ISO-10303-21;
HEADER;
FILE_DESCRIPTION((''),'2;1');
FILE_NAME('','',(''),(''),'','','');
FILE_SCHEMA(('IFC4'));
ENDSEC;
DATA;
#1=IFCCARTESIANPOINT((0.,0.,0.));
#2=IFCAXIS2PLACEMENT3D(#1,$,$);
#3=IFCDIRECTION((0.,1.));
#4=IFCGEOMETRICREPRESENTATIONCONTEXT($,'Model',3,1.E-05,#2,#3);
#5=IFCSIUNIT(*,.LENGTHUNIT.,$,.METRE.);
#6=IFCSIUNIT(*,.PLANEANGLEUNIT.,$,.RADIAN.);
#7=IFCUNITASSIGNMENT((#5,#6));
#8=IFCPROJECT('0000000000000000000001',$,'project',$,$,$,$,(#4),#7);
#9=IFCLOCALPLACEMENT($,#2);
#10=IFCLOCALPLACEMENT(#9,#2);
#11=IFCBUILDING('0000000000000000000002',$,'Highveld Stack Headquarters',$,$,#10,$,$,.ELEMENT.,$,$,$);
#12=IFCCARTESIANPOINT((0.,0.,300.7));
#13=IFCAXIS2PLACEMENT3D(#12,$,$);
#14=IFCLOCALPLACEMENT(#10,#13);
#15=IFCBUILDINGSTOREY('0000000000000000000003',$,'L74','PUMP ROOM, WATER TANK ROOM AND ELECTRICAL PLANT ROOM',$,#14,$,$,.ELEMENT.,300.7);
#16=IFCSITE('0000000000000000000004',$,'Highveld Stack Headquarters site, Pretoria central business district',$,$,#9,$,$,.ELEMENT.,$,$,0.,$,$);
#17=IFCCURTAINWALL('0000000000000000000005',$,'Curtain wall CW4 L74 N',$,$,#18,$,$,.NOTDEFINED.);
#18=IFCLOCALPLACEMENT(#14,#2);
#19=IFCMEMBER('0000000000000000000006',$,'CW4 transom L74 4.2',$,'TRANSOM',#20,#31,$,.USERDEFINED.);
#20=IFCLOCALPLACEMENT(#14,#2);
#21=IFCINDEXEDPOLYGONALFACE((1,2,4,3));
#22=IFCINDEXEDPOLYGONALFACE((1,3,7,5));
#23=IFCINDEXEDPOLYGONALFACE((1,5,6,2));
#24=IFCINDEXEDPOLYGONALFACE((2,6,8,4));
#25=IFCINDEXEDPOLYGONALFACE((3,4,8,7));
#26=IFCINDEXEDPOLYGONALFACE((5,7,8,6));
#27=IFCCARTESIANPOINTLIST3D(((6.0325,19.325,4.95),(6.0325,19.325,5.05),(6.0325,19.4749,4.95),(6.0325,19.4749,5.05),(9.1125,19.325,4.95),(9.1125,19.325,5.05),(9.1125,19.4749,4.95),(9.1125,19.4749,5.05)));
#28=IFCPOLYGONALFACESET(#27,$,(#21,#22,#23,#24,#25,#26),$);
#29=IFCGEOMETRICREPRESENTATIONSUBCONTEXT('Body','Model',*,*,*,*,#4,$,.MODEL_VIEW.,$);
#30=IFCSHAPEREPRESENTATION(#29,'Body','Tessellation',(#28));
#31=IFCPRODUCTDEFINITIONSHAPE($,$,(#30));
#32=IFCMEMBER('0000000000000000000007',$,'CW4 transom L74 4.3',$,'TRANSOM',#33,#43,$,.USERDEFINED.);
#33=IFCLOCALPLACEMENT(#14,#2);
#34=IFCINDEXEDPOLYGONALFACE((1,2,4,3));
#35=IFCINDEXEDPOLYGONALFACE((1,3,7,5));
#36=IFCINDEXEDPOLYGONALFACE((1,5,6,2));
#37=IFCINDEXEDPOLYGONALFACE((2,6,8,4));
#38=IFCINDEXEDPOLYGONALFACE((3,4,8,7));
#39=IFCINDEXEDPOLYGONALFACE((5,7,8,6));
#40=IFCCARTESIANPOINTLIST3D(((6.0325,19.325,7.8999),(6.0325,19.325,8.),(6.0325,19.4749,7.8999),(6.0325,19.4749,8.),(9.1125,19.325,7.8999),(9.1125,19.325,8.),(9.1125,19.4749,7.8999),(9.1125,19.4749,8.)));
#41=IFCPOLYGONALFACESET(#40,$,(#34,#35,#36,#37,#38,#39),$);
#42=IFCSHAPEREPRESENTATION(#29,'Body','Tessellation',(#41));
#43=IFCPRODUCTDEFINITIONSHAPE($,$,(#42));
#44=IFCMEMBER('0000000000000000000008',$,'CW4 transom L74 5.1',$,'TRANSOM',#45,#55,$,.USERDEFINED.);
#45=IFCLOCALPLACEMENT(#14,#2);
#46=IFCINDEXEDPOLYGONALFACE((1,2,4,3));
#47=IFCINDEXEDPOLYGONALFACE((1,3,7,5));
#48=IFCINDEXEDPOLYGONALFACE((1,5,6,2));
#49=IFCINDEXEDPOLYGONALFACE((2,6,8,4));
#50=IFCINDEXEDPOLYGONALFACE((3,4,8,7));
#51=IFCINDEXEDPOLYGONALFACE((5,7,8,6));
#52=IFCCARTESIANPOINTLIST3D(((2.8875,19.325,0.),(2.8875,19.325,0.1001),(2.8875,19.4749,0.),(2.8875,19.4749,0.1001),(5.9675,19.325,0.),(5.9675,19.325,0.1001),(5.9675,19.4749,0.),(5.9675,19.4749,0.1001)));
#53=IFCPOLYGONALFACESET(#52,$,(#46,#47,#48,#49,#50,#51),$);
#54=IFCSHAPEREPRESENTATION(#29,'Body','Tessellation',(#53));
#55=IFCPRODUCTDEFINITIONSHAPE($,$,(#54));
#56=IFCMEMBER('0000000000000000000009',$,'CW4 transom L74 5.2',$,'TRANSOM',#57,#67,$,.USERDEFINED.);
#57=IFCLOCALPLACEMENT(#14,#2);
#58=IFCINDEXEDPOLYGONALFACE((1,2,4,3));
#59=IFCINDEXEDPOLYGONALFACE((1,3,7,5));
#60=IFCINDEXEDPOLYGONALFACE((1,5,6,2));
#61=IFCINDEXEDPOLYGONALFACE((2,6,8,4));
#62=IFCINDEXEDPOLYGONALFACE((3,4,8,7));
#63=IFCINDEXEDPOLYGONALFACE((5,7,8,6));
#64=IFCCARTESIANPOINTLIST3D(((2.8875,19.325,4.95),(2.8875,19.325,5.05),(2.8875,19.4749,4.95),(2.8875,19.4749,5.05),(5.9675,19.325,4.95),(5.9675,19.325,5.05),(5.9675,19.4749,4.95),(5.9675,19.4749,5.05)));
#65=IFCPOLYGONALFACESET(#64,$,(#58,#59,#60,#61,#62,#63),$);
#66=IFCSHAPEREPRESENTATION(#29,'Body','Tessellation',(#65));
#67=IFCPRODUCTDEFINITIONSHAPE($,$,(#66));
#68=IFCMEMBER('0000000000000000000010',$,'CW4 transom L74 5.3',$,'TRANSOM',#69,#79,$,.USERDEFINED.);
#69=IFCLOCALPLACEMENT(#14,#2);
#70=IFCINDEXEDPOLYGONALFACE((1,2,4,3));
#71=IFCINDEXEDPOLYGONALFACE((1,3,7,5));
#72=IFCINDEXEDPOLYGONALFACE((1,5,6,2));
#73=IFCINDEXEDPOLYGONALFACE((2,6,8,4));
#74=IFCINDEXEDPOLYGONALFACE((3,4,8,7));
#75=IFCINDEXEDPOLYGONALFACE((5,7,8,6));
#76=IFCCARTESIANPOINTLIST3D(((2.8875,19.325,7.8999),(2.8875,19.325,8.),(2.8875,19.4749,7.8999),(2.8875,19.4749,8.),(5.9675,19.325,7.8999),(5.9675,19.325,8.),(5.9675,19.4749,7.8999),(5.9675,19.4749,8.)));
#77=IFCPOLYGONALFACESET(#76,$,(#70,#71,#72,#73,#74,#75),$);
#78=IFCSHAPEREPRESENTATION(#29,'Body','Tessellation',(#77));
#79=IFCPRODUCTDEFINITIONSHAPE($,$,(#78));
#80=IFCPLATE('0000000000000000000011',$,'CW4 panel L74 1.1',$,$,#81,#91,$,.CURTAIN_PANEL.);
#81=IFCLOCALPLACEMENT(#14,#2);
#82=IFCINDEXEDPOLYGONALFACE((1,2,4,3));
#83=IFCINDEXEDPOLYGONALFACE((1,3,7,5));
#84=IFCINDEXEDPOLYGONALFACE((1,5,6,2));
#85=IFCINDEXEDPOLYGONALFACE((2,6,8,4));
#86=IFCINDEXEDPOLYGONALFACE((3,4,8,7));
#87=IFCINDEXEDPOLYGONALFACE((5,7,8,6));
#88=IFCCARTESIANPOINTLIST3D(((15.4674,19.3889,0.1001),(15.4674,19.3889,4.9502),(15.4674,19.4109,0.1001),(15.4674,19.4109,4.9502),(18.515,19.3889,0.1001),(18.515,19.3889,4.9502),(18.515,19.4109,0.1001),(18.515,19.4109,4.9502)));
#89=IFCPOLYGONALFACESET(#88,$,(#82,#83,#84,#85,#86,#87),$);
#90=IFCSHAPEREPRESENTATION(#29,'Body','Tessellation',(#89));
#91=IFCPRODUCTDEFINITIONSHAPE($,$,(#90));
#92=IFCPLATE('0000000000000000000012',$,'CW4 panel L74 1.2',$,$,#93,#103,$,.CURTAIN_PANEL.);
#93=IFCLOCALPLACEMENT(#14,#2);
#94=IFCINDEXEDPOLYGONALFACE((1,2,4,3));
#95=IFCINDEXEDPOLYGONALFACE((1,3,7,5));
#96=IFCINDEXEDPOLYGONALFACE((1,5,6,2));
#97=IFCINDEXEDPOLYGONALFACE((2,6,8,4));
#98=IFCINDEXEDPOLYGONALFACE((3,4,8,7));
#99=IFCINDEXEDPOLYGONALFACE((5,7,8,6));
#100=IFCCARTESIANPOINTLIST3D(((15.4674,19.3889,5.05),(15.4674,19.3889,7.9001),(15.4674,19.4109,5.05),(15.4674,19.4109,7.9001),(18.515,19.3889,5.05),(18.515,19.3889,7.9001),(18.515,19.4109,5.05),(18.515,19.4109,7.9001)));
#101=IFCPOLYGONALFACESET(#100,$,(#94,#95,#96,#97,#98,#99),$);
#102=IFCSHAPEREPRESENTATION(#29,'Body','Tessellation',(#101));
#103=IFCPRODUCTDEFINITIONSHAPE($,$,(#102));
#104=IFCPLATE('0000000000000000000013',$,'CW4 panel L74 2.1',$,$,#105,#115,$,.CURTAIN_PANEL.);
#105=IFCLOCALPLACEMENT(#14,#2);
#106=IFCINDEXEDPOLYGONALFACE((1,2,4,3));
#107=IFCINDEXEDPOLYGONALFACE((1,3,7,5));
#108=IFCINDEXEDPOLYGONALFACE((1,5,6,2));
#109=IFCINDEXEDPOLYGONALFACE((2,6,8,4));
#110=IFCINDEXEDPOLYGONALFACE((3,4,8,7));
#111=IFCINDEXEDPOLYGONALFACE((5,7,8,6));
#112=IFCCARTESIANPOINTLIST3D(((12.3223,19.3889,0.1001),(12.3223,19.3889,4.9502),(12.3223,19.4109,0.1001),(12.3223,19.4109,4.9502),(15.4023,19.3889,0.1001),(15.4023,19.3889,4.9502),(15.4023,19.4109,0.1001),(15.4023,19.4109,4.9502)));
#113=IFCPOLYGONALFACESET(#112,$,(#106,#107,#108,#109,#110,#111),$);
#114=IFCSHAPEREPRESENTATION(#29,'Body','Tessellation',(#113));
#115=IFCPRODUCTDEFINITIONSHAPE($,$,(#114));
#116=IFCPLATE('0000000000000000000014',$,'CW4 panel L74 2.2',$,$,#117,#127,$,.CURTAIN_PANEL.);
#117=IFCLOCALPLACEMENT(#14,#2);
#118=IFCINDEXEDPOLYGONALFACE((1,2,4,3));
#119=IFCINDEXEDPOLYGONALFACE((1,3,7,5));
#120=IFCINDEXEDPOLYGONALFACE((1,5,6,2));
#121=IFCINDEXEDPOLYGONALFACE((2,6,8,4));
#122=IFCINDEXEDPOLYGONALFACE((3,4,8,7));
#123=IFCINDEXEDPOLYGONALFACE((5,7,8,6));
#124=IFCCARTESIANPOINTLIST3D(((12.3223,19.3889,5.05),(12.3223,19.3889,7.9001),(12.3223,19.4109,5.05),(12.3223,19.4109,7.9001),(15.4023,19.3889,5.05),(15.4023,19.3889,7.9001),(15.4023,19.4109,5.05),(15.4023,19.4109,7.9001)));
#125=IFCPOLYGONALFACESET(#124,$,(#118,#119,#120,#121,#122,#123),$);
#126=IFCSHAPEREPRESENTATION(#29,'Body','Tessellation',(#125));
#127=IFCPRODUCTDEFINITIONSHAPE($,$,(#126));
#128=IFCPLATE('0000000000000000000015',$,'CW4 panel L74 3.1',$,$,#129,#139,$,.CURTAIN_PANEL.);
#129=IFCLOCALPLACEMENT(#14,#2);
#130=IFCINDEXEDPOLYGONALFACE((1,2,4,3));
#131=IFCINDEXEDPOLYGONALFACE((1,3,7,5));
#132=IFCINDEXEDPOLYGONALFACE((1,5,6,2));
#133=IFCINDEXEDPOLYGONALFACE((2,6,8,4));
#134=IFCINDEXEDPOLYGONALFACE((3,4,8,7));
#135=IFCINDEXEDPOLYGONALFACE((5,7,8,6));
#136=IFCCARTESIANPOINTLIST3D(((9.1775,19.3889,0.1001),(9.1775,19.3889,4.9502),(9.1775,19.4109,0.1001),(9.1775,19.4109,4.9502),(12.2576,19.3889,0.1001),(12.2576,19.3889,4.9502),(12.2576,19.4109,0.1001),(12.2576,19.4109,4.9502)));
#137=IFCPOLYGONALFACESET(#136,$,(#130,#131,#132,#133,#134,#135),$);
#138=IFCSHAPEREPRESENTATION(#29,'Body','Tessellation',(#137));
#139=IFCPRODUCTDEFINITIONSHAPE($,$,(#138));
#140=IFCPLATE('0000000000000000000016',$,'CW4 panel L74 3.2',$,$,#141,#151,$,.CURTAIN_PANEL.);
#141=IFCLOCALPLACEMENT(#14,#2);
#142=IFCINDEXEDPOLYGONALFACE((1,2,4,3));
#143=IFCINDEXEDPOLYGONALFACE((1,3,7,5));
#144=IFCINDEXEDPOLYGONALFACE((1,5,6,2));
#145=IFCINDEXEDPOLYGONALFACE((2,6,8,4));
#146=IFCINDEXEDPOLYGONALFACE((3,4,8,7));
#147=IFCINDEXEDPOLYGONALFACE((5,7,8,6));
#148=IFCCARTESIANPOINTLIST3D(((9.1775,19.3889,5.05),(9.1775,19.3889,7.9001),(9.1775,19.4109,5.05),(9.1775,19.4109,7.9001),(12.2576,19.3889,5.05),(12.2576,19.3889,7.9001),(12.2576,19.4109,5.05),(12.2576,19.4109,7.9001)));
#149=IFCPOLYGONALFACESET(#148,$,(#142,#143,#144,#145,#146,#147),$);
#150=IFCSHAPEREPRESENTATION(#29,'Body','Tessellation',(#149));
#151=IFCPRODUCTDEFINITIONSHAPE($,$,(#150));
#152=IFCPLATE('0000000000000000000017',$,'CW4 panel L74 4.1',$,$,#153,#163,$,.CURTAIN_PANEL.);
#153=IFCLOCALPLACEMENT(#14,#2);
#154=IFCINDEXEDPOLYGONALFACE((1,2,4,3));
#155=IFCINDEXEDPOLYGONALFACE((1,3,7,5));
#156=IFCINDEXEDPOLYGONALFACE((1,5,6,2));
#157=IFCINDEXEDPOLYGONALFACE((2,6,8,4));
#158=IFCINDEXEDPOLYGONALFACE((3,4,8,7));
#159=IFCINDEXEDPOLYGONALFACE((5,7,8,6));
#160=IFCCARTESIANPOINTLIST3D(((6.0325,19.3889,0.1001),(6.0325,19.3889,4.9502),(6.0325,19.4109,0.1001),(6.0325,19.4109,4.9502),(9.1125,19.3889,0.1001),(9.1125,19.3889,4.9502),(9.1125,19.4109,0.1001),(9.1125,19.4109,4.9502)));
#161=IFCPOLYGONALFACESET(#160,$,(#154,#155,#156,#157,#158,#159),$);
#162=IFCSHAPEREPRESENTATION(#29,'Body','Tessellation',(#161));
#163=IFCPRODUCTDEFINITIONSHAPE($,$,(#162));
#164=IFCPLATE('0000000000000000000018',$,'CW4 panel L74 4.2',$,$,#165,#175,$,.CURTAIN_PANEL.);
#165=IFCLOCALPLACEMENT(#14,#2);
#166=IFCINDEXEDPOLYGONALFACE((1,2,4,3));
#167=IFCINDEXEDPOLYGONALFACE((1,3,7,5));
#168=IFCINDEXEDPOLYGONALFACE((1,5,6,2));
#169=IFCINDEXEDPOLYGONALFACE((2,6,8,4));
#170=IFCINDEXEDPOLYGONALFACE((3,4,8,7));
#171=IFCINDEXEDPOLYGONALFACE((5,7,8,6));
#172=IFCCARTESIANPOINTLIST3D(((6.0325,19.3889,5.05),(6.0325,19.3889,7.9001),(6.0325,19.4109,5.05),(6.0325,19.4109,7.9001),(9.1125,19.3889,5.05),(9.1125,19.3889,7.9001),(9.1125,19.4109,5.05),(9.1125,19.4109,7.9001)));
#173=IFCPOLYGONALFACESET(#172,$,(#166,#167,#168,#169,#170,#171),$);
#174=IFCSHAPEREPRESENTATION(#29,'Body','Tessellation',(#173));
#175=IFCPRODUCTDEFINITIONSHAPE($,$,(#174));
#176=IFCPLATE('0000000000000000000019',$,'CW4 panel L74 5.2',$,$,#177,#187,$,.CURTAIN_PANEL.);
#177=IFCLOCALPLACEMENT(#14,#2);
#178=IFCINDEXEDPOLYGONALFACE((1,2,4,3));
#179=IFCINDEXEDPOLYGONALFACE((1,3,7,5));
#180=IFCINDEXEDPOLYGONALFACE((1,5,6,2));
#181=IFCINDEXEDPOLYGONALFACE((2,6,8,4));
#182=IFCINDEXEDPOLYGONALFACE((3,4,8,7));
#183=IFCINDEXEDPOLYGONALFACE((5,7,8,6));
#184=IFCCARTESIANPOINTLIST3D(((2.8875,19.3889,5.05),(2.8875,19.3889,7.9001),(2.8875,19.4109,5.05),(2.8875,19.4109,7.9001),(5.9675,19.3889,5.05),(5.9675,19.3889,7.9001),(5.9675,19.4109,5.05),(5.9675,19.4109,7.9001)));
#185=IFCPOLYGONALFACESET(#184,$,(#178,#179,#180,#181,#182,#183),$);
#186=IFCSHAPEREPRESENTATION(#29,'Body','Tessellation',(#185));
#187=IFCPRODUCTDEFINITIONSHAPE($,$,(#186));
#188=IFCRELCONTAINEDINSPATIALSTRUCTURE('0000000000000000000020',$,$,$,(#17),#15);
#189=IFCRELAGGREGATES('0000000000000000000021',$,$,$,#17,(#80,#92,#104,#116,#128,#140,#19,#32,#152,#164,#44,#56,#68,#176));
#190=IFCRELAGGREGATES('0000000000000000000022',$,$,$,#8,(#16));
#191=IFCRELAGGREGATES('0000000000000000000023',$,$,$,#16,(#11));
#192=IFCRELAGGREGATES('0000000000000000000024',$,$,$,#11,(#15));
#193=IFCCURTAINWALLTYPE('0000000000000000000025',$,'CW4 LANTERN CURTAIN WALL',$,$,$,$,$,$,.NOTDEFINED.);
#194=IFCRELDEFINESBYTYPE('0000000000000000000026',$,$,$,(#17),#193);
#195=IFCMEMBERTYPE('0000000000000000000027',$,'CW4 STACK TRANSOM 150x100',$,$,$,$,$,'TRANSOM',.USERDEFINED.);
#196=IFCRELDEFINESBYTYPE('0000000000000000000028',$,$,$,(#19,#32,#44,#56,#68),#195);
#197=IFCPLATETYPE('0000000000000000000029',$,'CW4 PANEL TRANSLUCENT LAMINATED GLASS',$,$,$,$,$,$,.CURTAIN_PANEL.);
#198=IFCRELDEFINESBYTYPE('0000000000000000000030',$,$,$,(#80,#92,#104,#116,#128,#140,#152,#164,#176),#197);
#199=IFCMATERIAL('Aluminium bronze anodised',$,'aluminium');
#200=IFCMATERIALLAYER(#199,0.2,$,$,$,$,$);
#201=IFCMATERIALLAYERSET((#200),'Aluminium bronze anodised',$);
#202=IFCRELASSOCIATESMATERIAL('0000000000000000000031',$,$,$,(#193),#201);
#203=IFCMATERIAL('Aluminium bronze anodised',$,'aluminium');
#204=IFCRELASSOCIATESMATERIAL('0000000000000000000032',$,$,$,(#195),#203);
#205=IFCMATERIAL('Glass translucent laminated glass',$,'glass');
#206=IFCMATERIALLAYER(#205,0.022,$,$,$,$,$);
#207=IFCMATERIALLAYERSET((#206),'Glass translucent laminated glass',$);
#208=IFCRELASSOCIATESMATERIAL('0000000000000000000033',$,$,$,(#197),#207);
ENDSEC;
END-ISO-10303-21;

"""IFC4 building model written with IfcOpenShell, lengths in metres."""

from ifc_helpers import new_model, si_unit, direction, frame, origin, origin_2d, place, context, subcontext, project, spatial, rectangle, extrude, material, layer, layer_set, material_profile, profile_set, type_object, element, aggregate, save


model = new_model("IFC4")

# Units and contexts
model_context = context("Model", 3, precision=1e-05, world=origin(), true_north=direction((0.0, 1.0)))
body_context = subcontext(model_context, "Body", "Model", "MODEL_VIEW")
ifc_project = project(units=[si_unit("LENGTHUNIT", "METRE"), si_unit("PLANEANGLEUNIT", "RADIAN")], contexts=[model_context])

# Site, building, storey
site_placement = place(None, origin())
site = spatial("IfcSite", under=ifc_project, at=site_placement, Name="Highveld Stack Headquarters site, Pretoria central business district", CompositionType="ELEMENT", RefElevation=0.0)
building_placement = place(site_placement, origin())
building = spatial("IfcBuilding", under=site, at=building_placement, Name="Highveld Stack Headquarters", CompositionType="ELEMENT")
storey_placement = place(building_placement, frame((0.0, 0.0, 300.7)))
storey = spatial("IfcBuildingStorey", under=building, at=storey_placement, Name="L74", Description="PUMP ROOM, WATER TANK ROOM AND ELECTRICAL PLANT ROOM", CompositionType="ELEMENT", Elevation=300.7)

# Curtain wall, members, plates
ifc_material_1 = material(Name="Aluminium bronze anodised", Category="aluminium")
ifc_layer_1 = layer(ifc_material_1, 0.2)
ifc_layer_set_1 = layer_set([ifc_layer_1], Name="Aluminium bronze anodised")
curtain_wall_type = type_object("IfcCurtainWallType", Name="CW4 LANTERN CURTAIN WALL", PredefinedType="NOTDEFINED", material=ifc_layer_set_1)
curtain_wall_placement = place(storey_placement, origin())
curtain_wall = element("IfcCurtainWall", 1, at=curtain_wall_placement, inside=storey, type_object=curtain_wall_type, Name="Curtain wall CW4 L74 N", PredefinedType="NOTDEFINED")
ifc_material_2 = material(Name="Aluminium bronze anodised", Category="aluminium")
ifc_material_profile_1 = material_profile(ifc_material_2, rectangle(XDim=0.1499, YDim=0.1001, at=origin_2d()), Name="CW4 TRANSOM 150x100")
ifc_profile_set_1 = profile_set([ifc_material_profile_1], Name="Aluminium bronze anodised")
member_type_1 = type_object("IfcMemberType", Name="CW4 STACK TRANSOM 150x100", ElementType="TRANSOM", PredefinedType="USERDEFINED", material=ifc_profile_set_1)
member_1_placement = place(storey_placement, frame((9.1125, 19.3999, 5.0), z_axis=(-1.0, 0.0, 0.0), x_axis=(0.0, -1.0, 0.0)))
member_1 = element("IfcMember", 2, at=member_1_placement, type_object=member_type_1, Name="CW4 transom L74 4.2", ObjectType="TRANSOM", PredefinedType="USERDEFINED", context=body_context, shape_type="SweptSolid", body=[
    extrude(rectangle(XDim=0.1499, YDim=0.1001, at=origin_2d()), origin(), (0.0, 0.0, 1.0), 3.0801),
])
member_2_placement = place(storey_placement, frame((9.1125, 19.3999, 7.95), z_axis=(-1.0, 0.0, 0.0), x_axis=(0.0, -1.0, 0.0)))
member_2 = element("IfcMember", 3, at=member_2_placement, type_object=member_type_1, Name="CW4 transom L74 4.3", ObjectType="TRANSOM", PredefinedType="USERDEFINED", context=body_context, shape_type="SweptSolid", body=[
    extrude(rectangle(XDim=0.1499, YDim=0.1001, at=origin_2d()), origin(), (0.0, 0.0, 1.0), 3.0801),
])
member_3_placement = place(storey_placement, frame((5.9675, 19.3999, 0.05), z_axis=(-1.0, 0.0, 0.0), x_axis=(0.0, -1.0, 0.0)))
member_3 = element("IfcMember", 4, at=member_3_placement, type_object=member_type_1, Name="CW4 transom L74 5.1", ObjectType="TRANSOM", PredefinedType="USERDEFINED", context=body_context, shape_type="SweptSolid", body=[
    extrude(rectangle(XDim=0.1499, YDim=0.1001, at=origin_2d()), origin(), (0.0, 0.0, 1.0), 3.0801),
])
member_4_placement = place(storey_placement, frame((5.9675, 19.3999, 5.0), z_axis=(-1.0, 0.0, 0.0), x_axis=(0.0, -1.0, 0.0)))
member_4 = element("IfcMember", 5, at=member_4_placement, type_object=member_type_1, Name="CW4 transom L74 5.2", ObjectType="TRANSOM", PredefinedType="USERDEFINED", context=body_context, shape_type="SweptSolid", body=[
    extrude(rectangle(XDim=0.1499, YDim=0.1001, at=origin_2d()), origin(), (0.0, 0.0, 1.0), 3.0801),
])
member_5_placement = place(storey_placement, frame((5.9675, 19.3999, 7.95), z_axis=(-1.0, 0.0, 0.0), x_axis=(0.0, -1.0, 0.0)))
member_5 = element("IfcMember", 6, at=member_5_placement, type_object=member_type_1, Name="CW4 transom L74 5.3", ObjectType="TRANSOM", PredefinedType="USERDEFINED", context=body_context, shape_type="SweptSolid", body=[
    extrude(rectangle(XDim=0.1499, YDim=0.1001, at=origin_2d()), origin(), (0.0, 0.0, 1.0), 3.0801),
])
ifc_material_3 = material(Name="Glass translucent laminated glass", Category="glass")
ifc_layer_2 = layer(ifc_material_3, 0.022)
ifc_layer_set_2 = layer_set([ifc_layer_2], Name="Glass translucent laminated glass")
plate_type = type_object("IfcPlateType", Name="CW4 PANEL TRANSLUCENT LAMINATED GLASS", PredefinedType="CURTAIN_PANEL", material=ifc_layer_set_2)
plate_1_placement = place(storey_placement, frame((16.9912, 19.3999, 0.1001), z_axis=(0.0, 0.0, 1.0), x_axis=(-1.0, 0.0, 0.0)))
plate_1 = element("IfcPlate", 7, at=plate_1_placement, type_object=plate_type, Name="CW4 panel L74 1.1", PredefinedType="CURTAIN_PANEL", context=body_context, shape_type="SweptSolid", body=[
    extrude(rectangle(XDim=3.0476, YDim=0.022, at=origin_2d()), origin(), (0.0, 0.0, 1.0), 4.8501),
])
plate_2_placement = place(storey_placement, frame((16.9912, 19.3999, 5.05), z_axis=(0.0, 0.0, 1.0), x_axis=(-1.0, 0.0, 0.0)))
plate_2 = element("IfcPlate", 8, at=plate_2_placement, type_object=plate_type, Name="CW4 panel L74 1.2", PredefinedType="CURTAIN_PANEL", context=body_context, shape_type="SweptSolid", body=[
    extrude(rectangle(XDim=3.0476, YDim=0.022, at=origin_2d()), origin(), (0.0, 0.0, 1.0), 2.8501),
])
plate_3_placement = place(storey_placement, frame((13.8623, 19.3999, 0.1001), z_axis=(0.0, 0.0, 1.0), x_axis=(-1.0, 0.0, 0.0)))
plate_3 = element("IfcPlate", 9, at=plate_3_placement, type_object=plate_type, Name="CW4 panel L74 2.1", PredefinedType="CURTAIN_PANEL", context=body_context, shape_type="SweptSolid", body=[
    extrude(rectangle(XDim=3.0801, YDim=0.022, at=origin_2d()), origin(), (0.0, 0.0, 1.0), 4.8501),
])
plate_4_placement = place(storey_placement, frame((13.8623, 19.3999, 5.05), z_axis=(0.0, 0.0, 1.0), x_axis=(-1.0, 0.0, 0.0)))
plate_4 = element("IfcPlate", 10, at=plate_4_placement, type_object=plate_type, Name="CW4 panel L74 2.2", PredefinedType="CURTAIN_PANEL", context=body_context, shape_type="SweptSolid", body=[
    extrude(rectangle(XDim=3.0801, YDim=0.022, at=origin_2d()), origin(), (0.0, 0.0, 1.0), 2.8501),
])
plate_5_placement = place(storey_placement, frame((10.7175, 19.3999, 0.1001), z_axis=(0.0, 0.0, 1.0), x_axis=(-1.0, 0.0, 0.0)))
plate_5 = element("IfcPlate", 11, at=plate_5_placement, type_object=plate_type, Name="CW4 panel L74 3.1", PredefinedType="CURTAIN_PANEL", context=body_context, shape_type="SweptSolid", body=[
    extrude(rectangle(XDim=3.0801, YDim=0.022, at=origin_2d()), origin(), (0.0, 0.0, 1.0), 4.8501),
])
plate_6_placement = place(storey_placement, frame((10.7175, 19.3999, 5.05), z_axis=(0.0, 0.0, 1.0), x_axis=(-1.0, 0.0, 0.0)))
plate_6 = element("IfcPlate", 12, at=plate_6_placement, type_object=plate_type, Name="CW4 panel L74 3.2", PredefinedType="CURTAIN_PANEL", context=body_context, shape_type="SweptSolid", body=[
    extrude(rectangle(XDim=3.0801, YDim=0.022, at=origin_2d()), origin(), (0.0, 0.0, 1.0), 2.8501),
])
plate_7_placement = place(storey_placement, frame((7.5725, 19.3999, 0.1001), z_axis=(0.0, 0.0, 1.0), x_axis=(-1.0, 0.0, 0.0)))
plate_7 = element("IfcPlate", 13, at=plate_7_placement, type_object=plate_type, Name="CW4 panel L74 4.1", PredefinedType="CURTAIN_PANEL", context=body_context, shape_type="SweptSolid", body=[
    extrude(rectangle(XDim=3.0801, YDim=0.022, at=origin_2d()), origin(), (0.0, 0.0, 1.0), 4.8501),
])
plate_8_placement = place(storey_placement, frame((7.5725, 19.3999, 5.05), z_axis=(0.0, 0.0, 1.0), x_axis=(-1.0, 0.0, 0.0)))
plate_8 = element("IfcPlate", 14, at=plate_8_placement, type_object=plate_type, Name="CW4 panel L74 4.2", PredefinedType="CURTAIN_PANEL", context=body_context, shape_type="SweptSolid", body=[
    extrude(rectangle(XDim=3.0801, YDim=0.022, at=origin_2d()), origin(), (0.0, 0.0, 1.0), 2.8501),
])
plate_9_placement = place(storey_placement, frame((4.4275, 19.3999, 5.05), z_axis=(0.0, 0.0, 1.0), x_axis=(-1.0, 0.0, 0.0)))
plate_9 = element("IfcPlate", 15, at=plate_9_placement, type_object=plate_type, Name="CW4 panel L74 5.2", PredefinedType="CURTAIN_PANEL", context=body_context, shape_type="SweptSolid", body=[
    extrude(rectangle(XDim=3.0801, YDim=0.022, at=origin_2d()), origin(), (0.0, 0.0, 1.0), 2.8501),
])
aggregate(curtain_wall, [plate_1, plate_2, plate_3, plate_4, plate_5, plate_6, member_1, member_2, plate_7, plate_8, member_3, member_4, member_5, plate_9])

save(model, "model.ifc")
